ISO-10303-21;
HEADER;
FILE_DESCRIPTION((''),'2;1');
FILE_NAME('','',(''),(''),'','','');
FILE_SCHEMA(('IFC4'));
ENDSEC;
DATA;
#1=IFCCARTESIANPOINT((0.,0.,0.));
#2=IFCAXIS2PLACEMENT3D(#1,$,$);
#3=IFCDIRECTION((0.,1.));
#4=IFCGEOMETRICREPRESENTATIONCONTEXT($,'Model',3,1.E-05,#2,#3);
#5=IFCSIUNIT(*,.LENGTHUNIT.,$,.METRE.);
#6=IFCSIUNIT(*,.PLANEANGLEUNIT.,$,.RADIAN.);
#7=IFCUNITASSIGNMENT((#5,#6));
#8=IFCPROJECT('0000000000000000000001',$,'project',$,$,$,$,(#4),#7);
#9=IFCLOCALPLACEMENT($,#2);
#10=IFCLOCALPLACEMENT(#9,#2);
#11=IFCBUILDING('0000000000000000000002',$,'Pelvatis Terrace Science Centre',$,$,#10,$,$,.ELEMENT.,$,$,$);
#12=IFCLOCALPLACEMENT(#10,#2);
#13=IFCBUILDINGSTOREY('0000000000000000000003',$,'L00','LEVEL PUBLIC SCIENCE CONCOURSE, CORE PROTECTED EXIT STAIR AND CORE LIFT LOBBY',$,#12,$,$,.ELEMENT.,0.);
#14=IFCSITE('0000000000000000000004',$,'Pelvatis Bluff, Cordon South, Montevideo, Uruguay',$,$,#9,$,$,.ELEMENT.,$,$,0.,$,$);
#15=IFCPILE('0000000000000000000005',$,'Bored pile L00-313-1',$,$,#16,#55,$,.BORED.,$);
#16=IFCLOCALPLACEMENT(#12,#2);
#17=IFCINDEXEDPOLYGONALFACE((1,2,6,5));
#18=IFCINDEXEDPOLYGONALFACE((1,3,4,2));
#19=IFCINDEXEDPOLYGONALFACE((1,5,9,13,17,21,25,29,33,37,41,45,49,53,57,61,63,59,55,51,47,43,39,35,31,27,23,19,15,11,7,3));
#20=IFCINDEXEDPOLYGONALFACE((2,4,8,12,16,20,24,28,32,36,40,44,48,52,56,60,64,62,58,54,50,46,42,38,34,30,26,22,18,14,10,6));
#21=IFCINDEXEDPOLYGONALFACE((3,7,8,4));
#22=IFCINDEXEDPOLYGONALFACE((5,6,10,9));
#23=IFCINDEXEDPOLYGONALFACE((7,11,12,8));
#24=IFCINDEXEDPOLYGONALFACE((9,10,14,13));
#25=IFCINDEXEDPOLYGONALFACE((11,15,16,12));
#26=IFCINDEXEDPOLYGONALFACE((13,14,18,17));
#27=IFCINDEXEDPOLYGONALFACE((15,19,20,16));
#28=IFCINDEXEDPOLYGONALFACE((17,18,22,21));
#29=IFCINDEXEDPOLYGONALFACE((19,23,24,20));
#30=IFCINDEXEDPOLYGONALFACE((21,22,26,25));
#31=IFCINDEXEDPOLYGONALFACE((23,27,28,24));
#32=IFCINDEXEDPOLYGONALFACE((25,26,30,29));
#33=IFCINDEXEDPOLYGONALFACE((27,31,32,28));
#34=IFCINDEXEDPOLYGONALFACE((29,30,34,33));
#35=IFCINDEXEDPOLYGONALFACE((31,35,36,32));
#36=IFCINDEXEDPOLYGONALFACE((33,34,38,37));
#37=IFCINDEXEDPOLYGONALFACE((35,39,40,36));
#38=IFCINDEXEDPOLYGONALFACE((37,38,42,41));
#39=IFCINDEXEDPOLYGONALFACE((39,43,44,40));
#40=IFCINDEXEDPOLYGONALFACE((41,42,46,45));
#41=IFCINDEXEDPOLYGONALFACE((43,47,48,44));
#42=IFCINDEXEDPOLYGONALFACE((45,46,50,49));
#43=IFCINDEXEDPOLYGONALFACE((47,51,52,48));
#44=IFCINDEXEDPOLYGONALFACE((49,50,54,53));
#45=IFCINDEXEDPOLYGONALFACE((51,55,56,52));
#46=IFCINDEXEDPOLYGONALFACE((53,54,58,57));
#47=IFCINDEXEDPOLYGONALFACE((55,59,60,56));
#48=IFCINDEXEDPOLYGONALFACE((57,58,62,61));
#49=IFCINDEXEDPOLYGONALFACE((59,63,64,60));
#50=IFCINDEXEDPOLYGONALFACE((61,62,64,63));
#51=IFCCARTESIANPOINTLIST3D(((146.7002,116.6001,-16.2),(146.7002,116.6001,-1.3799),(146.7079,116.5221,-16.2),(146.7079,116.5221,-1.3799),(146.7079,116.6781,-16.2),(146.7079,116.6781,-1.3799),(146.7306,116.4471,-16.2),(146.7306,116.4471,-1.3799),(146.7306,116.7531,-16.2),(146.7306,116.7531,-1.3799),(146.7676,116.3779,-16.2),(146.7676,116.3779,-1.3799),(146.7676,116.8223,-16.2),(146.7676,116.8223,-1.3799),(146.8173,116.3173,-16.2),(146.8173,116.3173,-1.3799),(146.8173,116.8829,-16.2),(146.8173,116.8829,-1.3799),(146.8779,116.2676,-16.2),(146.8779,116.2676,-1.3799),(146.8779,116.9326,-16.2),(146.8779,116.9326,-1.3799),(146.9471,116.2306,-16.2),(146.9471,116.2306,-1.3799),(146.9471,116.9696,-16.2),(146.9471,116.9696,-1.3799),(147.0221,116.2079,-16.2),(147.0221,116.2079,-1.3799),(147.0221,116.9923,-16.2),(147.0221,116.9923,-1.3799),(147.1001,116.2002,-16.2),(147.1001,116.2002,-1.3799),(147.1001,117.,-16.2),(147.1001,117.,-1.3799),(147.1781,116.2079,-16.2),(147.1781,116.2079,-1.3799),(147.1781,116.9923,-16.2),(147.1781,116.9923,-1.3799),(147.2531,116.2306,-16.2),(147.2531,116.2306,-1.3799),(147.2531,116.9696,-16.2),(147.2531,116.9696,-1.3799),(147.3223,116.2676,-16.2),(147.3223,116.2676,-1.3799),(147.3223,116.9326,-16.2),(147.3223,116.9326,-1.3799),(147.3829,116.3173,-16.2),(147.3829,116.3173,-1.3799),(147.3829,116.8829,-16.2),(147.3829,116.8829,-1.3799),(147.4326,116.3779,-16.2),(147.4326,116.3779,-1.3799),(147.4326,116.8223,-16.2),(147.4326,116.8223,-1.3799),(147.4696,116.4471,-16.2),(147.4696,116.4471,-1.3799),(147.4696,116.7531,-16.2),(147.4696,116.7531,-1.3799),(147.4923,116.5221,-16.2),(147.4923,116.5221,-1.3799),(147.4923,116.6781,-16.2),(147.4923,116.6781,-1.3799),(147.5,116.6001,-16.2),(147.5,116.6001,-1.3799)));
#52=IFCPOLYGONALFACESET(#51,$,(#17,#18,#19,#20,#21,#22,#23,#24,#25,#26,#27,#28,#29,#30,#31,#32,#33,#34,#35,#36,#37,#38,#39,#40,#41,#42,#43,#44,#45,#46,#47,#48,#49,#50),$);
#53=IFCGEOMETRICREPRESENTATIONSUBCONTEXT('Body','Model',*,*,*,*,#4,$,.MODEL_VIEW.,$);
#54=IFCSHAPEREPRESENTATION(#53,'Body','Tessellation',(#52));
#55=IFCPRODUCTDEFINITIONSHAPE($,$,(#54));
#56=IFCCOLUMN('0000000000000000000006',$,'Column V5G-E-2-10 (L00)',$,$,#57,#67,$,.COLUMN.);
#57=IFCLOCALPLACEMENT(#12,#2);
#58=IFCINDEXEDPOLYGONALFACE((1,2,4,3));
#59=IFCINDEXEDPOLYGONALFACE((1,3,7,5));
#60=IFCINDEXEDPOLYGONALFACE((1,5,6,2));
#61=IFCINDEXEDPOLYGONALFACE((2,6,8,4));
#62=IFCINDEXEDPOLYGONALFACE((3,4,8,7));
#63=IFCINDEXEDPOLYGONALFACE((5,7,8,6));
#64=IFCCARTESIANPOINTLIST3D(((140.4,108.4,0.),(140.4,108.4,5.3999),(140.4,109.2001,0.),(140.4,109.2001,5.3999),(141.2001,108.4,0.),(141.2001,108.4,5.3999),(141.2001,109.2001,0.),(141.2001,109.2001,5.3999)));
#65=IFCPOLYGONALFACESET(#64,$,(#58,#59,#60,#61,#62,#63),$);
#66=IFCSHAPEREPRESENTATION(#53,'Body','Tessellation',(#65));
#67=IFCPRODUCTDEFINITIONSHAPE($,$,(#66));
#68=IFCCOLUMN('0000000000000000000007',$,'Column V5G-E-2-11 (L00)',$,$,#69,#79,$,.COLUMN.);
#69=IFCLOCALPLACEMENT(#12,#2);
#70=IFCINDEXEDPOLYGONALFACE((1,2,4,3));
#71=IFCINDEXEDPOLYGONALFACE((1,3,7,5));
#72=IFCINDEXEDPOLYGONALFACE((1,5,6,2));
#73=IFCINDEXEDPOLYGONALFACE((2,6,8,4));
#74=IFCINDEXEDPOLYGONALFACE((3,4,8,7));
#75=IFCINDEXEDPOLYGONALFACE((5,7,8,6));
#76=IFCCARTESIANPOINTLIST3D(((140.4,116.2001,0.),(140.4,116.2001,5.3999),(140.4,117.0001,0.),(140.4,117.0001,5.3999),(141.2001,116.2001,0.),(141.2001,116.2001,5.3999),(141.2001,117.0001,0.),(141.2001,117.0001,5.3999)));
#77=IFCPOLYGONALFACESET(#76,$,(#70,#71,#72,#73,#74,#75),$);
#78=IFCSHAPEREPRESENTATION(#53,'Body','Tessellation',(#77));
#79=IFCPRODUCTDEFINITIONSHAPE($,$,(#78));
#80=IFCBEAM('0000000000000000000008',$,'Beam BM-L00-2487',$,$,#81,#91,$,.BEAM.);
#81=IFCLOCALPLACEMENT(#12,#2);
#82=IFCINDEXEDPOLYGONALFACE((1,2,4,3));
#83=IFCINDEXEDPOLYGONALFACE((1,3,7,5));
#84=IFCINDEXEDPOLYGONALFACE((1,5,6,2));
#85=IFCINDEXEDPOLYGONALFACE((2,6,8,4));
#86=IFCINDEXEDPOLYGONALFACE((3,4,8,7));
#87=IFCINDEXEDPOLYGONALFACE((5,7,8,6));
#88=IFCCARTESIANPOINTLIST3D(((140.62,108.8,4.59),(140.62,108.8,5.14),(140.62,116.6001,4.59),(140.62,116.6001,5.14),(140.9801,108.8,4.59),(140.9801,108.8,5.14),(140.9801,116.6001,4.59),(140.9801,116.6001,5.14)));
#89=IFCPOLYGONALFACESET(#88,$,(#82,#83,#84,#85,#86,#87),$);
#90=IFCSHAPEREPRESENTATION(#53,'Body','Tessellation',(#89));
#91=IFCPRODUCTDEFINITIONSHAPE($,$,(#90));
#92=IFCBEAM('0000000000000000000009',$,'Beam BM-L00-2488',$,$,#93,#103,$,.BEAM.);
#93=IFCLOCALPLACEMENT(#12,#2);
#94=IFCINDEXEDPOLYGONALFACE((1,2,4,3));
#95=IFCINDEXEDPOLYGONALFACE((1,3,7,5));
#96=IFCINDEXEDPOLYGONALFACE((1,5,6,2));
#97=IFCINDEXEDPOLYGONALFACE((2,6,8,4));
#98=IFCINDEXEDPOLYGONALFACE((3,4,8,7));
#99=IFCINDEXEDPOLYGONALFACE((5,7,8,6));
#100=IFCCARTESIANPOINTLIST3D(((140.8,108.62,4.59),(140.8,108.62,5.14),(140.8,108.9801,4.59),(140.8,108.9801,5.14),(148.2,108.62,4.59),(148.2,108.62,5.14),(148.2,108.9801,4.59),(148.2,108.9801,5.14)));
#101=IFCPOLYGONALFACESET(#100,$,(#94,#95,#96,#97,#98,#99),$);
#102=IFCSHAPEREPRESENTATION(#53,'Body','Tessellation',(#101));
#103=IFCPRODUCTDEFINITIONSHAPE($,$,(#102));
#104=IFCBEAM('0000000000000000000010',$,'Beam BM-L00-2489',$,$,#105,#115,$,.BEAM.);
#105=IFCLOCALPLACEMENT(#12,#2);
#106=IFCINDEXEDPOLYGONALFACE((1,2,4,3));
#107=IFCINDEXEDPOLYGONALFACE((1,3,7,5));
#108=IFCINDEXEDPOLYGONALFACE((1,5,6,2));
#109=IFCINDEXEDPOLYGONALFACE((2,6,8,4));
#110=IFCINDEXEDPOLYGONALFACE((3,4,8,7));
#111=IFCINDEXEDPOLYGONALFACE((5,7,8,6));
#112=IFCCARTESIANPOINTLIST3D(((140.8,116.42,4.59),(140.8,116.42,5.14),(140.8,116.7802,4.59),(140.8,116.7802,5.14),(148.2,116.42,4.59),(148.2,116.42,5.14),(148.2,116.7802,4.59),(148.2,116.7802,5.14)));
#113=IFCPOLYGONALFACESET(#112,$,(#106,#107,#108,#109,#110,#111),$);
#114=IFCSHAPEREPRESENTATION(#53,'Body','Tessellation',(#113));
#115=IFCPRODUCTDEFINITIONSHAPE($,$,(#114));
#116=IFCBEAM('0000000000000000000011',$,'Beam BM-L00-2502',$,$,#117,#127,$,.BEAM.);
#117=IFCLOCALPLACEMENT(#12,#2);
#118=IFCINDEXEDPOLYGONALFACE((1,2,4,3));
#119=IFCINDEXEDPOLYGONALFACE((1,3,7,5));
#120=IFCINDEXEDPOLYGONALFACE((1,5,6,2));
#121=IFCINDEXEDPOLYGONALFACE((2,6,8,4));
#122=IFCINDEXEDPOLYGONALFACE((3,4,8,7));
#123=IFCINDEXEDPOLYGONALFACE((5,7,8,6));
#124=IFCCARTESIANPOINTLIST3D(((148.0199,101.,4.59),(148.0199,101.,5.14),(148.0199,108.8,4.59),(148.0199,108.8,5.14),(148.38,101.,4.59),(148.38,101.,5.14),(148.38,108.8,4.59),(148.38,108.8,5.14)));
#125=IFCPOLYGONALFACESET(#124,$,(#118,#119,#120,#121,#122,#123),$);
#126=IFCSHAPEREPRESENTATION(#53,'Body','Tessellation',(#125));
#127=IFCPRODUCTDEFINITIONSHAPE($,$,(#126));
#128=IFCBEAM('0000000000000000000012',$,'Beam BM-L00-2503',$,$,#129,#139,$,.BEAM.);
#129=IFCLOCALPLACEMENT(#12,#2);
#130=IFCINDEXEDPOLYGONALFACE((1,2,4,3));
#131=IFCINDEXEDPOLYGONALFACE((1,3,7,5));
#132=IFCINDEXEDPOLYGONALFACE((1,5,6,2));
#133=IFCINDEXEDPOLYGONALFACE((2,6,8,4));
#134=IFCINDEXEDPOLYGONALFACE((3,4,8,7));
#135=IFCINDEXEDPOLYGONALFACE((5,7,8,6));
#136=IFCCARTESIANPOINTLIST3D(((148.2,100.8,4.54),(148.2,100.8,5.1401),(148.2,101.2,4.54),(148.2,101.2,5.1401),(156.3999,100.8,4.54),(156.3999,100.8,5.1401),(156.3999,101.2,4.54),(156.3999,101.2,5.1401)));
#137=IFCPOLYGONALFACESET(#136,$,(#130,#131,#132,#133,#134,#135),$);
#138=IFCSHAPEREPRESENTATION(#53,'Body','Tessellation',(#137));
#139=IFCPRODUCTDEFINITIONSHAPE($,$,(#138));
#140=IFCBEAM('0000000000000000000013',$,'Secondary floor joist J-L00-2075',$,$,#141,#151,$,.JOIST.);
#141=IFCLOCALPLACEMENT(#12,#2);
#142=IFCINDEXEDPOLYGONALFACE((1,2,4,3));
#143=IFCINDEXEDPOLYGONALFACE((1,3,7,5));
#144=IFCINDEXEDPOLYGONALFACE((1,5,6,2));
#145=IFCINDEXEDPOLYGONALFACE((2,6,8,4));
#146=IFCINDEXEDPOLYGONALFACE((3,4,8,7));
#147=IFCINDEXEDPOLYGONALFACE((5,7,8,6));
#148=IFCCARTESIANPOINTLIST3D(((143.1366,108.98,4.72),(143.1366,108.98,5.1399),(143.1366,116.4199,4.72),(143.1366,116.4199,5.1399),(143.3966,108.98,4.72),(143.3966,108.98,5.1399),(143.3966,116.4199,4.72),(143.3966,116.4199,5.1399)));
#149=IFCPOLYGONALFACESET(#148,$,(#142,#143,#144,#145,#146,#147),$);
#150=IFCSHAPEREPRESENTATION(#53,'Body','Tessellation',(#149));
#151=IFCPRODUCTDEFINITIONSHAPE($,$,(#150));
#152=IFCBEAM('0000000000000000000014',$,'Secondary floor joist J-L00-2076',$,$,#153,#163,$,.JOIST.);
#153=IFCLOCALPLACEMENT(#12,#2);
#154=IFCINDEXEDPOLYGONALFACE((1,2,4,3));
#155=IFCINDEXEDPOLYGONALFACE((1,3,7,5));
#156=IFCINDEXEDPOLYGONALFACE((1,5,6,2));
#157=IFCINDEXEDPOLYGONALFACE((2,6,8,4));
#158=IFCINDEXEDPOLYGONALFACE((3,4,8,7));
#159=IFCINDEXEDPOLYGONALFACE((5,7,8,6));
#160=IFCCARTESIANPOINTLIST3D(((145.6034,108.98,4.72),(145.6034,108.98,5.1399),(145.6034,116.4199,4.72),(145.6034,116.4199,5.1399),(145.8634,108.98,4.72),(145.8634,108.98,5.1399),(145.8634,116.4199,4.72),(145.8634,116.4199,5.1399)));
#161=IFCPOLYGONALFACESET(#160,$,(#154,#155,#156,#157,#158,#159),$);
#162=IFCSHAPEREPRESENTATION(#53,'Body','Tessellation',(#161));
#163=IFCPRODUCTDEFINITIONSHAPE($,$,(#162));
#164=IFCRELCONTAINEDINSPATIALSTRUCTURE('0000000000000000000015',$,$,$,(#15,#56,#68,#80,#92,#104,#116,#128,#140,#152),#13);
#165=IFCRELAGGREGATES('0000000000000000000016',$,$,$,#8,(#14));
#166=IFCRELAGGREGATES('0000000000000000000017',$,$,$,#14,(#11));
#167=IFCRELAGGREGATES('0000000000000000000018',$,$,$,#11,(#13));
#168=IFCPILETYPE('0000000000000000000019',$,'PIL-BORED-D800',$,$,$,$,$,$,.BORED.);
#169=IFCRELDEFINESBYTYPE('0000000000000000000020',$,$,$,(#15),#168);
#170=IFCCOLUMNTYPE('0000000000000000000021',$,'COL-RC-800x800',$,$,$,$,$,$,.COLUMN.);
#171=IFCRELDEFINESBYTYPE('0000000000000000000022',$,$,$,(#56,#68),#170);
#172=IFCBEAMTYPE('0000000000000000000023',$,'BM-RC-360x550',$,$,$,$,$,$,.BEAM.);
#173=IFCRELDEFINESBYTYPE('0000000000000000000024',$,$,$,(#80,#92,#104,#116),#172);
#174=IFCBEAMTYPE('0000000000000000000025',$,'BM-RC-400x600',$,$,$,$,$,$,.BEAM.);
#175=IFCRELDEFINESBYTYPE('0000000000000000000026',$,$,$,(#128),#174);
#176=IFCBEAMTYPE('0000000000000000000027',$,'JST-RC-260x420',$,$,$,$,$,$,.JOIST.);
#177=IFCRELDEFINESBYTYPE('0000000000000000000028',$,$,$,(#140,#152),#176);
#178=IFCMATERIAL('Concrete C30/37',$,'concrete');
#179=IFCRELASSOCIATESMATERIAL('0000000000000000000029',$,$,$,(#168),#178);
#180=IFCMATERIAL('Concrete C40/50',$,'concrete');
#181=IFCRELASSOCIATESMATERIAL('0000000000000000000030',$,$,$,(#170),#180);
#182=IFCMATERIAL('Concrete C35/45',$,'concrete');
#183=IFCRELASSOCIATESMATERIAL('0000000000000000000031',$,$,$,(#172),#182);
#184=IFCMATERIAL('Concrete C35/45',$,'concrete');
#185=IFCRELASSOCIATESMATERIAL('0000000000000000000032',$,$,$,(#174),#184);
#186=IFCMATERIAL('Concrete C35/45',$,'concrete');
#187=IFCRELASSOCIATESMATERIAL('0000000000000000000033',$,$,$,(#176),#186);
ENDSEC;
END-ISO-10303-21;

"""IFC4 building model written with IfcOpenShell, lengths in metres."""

from ifc_helpers import new_model, si_unit, direction, frame, origin, origin_2d, place, context, subcontext, project, spatial, rectangle, circle, extrude, material, material_profile, profile_set, type_object, element, save


model = new_model("IFC4")

# Units and contexts
model_context = context("Model", 3, precision=1e-05, world=origin(), true_north=direction((0.0, 1.0)))
body_context = subcontext(model_context, "Body", "Model", "MODEL_VIEW")
ifc_project = project(units=[si_unit("LENGTHUNIT", "METRE"), si_unit("PLANEANGLEUNIT", "RADIAN")], contexts=[model_context])

# Site, building, storey
site_placement = place(None, origin())
site = spatial("IfcSite", under=ifc_project, at=site_placement, Name="Pelvatis Bluff, Cordon South, Montevideo, Uruguay", CompositionType="ELEMENT", RefElevation=0.0)
building_placement = place(site_placement, origin())
building = spatial("IfcBuilding", under=site, at=building_placement, Name="Pelvatis Terrace Science Centre", CompositionType="ELEMENT")
storey_placement = place(building_placement, origin())
storey = spatial("IfcBuildingStorey", under=building, at=storey_placement, Name="L00", Description="LEVEL PUBLIC SCIENCE CONCOURSE, CORE PROTECTED EXIT STAIR AND CORE LIFT LOBBY", CompositionType="ELEMENT", Elevation=0.0)

# Pile
ifc_material_1 = material(Name="Concrete C30/37", Category="concrete")
ifc_material_profile_1 = material_profile(ifc_material_1, circle(Radius=0.3999, at=origin_2d()), Name="PILE D800")
ifc_profile_set_1 = profile_set([ifc_material_profile_1], Name="Concrete C30/37")
pile_type = type_object("IfcPileType", Name="PIL-BORED-D800", PredefinedType="BORED", material=ifc_profile_set_1)
for number, where, z_axis, x_axis, name in (
    (1, (147.1001, 116.6001, -1.3799), (0.0, 0.0, -1.0), (1.0, 0.0, 0.0), "Bored pile L00-313-1"),
):
    element("IfcPile", number, at=place(storey_placement, frame(where, z_axis=z_axis, x_axis=x_axis)), inside=storey, type_object=pile_type, Name=name, PredefinedType="BORED", context=body_context, shape_type="SweptSolid", body=[
        extrude(circle(Radius=0.3999, at=origin_2d()), origin(), (0.0, 0.0, 1.0), 14.8201),
    ])

# Columns
ifc_material_2 = material(Name="Concrete C40/50", Category="concrete")
ifc_material_profile_2 = material_profile(ifc_material_2, rectangle(XDim=0.8, YDim=0.8, at=origin_2d()), Name="RC-COL 800x800")
ifc_profile_set_2 = profile_set([ifc_material_profile_2], Name="Concrete C40/50")
column_type = type_object("IfcColumnType", Name="COL-RC-800x800", PredefinedType="COLUMN", material=ifc_profile_set_2)
for number, where, z_axis, x_axis, name in (
    (2, (140.8, 108.8, 0.0), (0.0, 0.0, 1.0), (1.0, 0.0, 0.0), "Column V5G-E-2-10 (L00)"),
    (3, (140.8, 116.6001, 0.0), (0.0, 0.0, 1.0), (1.0, 0.0, 0.0), "Column V5G-E-2-11 (L00)"),
):
    element("IfcColumn", number, at=place(storey_placement, frame(where, z_axis=z_axis, x_axis=x_axis)), inside=storey, type_object=column_type, Name=name, PredefinedType="COLUMN", context=body_context, shape_type="SweptSolid", body=[
        extrude(rectangle(XDim=0.8, YDim=0.8, at=origin_2d()), origin(), (0.0, 0.0, 1.0), 5.3999),
    ])

# Beams
ifc_material_3 = material(Name="Concrete C35/45", Category="concrete")
ifc_material_profile_3 = material_profile(ifc_material_3, rectangle(XDim=0.3601, YDim=0.55, at=origin_2d()), Name="RC-BM 360x550")
ifc_profile_set_3 = profile_set([ifc_material_profile_3], Name="Concrete C35/45")
beam_type_1 = type_object("IfcBeamType", Name="BM-RC-360x550", PredefinedType="BEAM", material=ifc_profile_set_3)
beam_1_placement = place(storey_placement, frame((140.8, 108.8, 4.865), z_axis=(0.0, 1.0, 0.0), x_axis=(-1.0, 0.0, 0.0)))
element("IfcBeam", 4, at=beam_1_placement, inside=storey, type_object=beam_type_1, Name="Beam BM-L00-2487", PredefinedType="BEAM", context=body_context, shape_type="SweptSolid", body=[
    extrude(rectangle(XDim=0.3601, YDim=0.55, at=origin_2d()), origin(), (0.0, 0.0, 1.0), 7.8),
])
for number, where, z_axis, x_axis, name in (
    (5, (140.8, 108.8, 4.865), (1.0, 0.0, 0.0), (0.0, 1.0, 0.0), "Beam BM-L00-2488"),
    (6, (140.8, 116.6001, 4.865), (1.0, 0.0, 0.0), (0.0, 1.0, 0.0), "Beam BM-L00-2489"),
):
    element("IfcBeam", number, at=place(storey_placement, frame(where, z_axis=z_axis, x_axis=x_axis)), inside=storey, type_object=beam_type_1, Name=name, PredefinedType="BEAM", context=body_context, shape_type="SweptSolid", body=[
        extrude(rectangle(XDim=0.3601, YDim=0.55, at=origin_2d()), origin(), (0.0, 0.0, 1.0), 7.3999),
    ])
beam_2_placement = place(storey_placement, frame((148.2, 101.0, 4.865), z_axis=(0.0, 1.0, 0.0), x_axis=(-1.0, 0.0, 0.0)))
element("IfcBeam", 7, at=beam_2_placement, inside=storey, type_object=beam_type_1, Name="Beam BM-L00-2502", PredefinedType="BEAM", context=body_context, shape_type="SweptSolid", body=[
    extrude(rectangle(XDim=0.3601, YDim=0.55, at=origin_2d()), origin(), (0.0, 0.0, 1.0), 7.8),
])
ifc_material_4 = material(Name="Concrete C35/45", Category="concrete")
ifc_material_profile_4 = material_profile(ifc_material_4, rectangle(XDim=0.3999, YDim=0.6001, at=origin_2d()), Name="RC-BM 400x600")
ifc_profile_set_4 = profile_set([ifc_material_profile_4], Name="Concrete C35/45")
beam_type_2 = type_object("IfcBeamType", Name="BM-RC-400x600", PredefinedType="BEAM", material=ifc_profile_set_4)
beam_3_placement = place(storey_placement, frame((148.2, 101.0, 4.8401), z_axis=(1.0, 0.0, 0.0), x_axis=(0.0, 1.0, 0.0)))
element("IfcBeam", 8, at=beam_3_placement, inside=storey, type_object=beam_type_2, Name="Beam BM-L00-2503", PredefinedType="BEAM", context=body_context, shape_type="SweptSolid", body=[
    extrude(rectangle(XDim=0.3999, YDim=0.6001, at=origin_2d()), origin(), (0.0, 0.0, 1.0), 8.2),
])
ifc_material_5 = material(Name="Concrete C35/45", Category="concrete")
ifc_material_profile_5 = material_profile(ifc_material_5, rectangle(XDim=0.26, YDim=0.4199, at=origin_2d()), Name="RC-JST 260x420")
ifc_profile_set_5 = profile_set([ifc_material_profile_5], Name="Concrete C35/45")
beam_type_3 = type_object("IfcBeamType", Name="JST-RC-260x420", PredefinedType="JOIST", material=ifc_profile_set_5)
for number, where, z_axis, x_axis, name in (
    (9, (143.2666, 108.98, 4.9299), (0.0, 1.0, 0.0), (-1.0, 0.0, 0.0), "Secondary floor joist J-L00-2075"),
    (10, (145.7334, 108.98, 4.9299), (0.0, 1.0, 0.0), (-1.0, 0.0, 0.0), "Secondary floor joist J-L00-2076"),
):
    element("IfcBeam", number, at=place(storey_placement, frame(where, z_axis=z_axis, x_axis=x_axis)), inside=storey, type_object=beam_type_3, Name=name, PredefinedType="JOIST", context=body_context, shape_type="SweptSolid", body=[
        extrude(rectangle(XDim=0.26, YDim=0.4199, at=origin_2d()), origin(), (0.0, 0.0, 1.0), 7.4399),
    ])

save(model, "model.ifc")
